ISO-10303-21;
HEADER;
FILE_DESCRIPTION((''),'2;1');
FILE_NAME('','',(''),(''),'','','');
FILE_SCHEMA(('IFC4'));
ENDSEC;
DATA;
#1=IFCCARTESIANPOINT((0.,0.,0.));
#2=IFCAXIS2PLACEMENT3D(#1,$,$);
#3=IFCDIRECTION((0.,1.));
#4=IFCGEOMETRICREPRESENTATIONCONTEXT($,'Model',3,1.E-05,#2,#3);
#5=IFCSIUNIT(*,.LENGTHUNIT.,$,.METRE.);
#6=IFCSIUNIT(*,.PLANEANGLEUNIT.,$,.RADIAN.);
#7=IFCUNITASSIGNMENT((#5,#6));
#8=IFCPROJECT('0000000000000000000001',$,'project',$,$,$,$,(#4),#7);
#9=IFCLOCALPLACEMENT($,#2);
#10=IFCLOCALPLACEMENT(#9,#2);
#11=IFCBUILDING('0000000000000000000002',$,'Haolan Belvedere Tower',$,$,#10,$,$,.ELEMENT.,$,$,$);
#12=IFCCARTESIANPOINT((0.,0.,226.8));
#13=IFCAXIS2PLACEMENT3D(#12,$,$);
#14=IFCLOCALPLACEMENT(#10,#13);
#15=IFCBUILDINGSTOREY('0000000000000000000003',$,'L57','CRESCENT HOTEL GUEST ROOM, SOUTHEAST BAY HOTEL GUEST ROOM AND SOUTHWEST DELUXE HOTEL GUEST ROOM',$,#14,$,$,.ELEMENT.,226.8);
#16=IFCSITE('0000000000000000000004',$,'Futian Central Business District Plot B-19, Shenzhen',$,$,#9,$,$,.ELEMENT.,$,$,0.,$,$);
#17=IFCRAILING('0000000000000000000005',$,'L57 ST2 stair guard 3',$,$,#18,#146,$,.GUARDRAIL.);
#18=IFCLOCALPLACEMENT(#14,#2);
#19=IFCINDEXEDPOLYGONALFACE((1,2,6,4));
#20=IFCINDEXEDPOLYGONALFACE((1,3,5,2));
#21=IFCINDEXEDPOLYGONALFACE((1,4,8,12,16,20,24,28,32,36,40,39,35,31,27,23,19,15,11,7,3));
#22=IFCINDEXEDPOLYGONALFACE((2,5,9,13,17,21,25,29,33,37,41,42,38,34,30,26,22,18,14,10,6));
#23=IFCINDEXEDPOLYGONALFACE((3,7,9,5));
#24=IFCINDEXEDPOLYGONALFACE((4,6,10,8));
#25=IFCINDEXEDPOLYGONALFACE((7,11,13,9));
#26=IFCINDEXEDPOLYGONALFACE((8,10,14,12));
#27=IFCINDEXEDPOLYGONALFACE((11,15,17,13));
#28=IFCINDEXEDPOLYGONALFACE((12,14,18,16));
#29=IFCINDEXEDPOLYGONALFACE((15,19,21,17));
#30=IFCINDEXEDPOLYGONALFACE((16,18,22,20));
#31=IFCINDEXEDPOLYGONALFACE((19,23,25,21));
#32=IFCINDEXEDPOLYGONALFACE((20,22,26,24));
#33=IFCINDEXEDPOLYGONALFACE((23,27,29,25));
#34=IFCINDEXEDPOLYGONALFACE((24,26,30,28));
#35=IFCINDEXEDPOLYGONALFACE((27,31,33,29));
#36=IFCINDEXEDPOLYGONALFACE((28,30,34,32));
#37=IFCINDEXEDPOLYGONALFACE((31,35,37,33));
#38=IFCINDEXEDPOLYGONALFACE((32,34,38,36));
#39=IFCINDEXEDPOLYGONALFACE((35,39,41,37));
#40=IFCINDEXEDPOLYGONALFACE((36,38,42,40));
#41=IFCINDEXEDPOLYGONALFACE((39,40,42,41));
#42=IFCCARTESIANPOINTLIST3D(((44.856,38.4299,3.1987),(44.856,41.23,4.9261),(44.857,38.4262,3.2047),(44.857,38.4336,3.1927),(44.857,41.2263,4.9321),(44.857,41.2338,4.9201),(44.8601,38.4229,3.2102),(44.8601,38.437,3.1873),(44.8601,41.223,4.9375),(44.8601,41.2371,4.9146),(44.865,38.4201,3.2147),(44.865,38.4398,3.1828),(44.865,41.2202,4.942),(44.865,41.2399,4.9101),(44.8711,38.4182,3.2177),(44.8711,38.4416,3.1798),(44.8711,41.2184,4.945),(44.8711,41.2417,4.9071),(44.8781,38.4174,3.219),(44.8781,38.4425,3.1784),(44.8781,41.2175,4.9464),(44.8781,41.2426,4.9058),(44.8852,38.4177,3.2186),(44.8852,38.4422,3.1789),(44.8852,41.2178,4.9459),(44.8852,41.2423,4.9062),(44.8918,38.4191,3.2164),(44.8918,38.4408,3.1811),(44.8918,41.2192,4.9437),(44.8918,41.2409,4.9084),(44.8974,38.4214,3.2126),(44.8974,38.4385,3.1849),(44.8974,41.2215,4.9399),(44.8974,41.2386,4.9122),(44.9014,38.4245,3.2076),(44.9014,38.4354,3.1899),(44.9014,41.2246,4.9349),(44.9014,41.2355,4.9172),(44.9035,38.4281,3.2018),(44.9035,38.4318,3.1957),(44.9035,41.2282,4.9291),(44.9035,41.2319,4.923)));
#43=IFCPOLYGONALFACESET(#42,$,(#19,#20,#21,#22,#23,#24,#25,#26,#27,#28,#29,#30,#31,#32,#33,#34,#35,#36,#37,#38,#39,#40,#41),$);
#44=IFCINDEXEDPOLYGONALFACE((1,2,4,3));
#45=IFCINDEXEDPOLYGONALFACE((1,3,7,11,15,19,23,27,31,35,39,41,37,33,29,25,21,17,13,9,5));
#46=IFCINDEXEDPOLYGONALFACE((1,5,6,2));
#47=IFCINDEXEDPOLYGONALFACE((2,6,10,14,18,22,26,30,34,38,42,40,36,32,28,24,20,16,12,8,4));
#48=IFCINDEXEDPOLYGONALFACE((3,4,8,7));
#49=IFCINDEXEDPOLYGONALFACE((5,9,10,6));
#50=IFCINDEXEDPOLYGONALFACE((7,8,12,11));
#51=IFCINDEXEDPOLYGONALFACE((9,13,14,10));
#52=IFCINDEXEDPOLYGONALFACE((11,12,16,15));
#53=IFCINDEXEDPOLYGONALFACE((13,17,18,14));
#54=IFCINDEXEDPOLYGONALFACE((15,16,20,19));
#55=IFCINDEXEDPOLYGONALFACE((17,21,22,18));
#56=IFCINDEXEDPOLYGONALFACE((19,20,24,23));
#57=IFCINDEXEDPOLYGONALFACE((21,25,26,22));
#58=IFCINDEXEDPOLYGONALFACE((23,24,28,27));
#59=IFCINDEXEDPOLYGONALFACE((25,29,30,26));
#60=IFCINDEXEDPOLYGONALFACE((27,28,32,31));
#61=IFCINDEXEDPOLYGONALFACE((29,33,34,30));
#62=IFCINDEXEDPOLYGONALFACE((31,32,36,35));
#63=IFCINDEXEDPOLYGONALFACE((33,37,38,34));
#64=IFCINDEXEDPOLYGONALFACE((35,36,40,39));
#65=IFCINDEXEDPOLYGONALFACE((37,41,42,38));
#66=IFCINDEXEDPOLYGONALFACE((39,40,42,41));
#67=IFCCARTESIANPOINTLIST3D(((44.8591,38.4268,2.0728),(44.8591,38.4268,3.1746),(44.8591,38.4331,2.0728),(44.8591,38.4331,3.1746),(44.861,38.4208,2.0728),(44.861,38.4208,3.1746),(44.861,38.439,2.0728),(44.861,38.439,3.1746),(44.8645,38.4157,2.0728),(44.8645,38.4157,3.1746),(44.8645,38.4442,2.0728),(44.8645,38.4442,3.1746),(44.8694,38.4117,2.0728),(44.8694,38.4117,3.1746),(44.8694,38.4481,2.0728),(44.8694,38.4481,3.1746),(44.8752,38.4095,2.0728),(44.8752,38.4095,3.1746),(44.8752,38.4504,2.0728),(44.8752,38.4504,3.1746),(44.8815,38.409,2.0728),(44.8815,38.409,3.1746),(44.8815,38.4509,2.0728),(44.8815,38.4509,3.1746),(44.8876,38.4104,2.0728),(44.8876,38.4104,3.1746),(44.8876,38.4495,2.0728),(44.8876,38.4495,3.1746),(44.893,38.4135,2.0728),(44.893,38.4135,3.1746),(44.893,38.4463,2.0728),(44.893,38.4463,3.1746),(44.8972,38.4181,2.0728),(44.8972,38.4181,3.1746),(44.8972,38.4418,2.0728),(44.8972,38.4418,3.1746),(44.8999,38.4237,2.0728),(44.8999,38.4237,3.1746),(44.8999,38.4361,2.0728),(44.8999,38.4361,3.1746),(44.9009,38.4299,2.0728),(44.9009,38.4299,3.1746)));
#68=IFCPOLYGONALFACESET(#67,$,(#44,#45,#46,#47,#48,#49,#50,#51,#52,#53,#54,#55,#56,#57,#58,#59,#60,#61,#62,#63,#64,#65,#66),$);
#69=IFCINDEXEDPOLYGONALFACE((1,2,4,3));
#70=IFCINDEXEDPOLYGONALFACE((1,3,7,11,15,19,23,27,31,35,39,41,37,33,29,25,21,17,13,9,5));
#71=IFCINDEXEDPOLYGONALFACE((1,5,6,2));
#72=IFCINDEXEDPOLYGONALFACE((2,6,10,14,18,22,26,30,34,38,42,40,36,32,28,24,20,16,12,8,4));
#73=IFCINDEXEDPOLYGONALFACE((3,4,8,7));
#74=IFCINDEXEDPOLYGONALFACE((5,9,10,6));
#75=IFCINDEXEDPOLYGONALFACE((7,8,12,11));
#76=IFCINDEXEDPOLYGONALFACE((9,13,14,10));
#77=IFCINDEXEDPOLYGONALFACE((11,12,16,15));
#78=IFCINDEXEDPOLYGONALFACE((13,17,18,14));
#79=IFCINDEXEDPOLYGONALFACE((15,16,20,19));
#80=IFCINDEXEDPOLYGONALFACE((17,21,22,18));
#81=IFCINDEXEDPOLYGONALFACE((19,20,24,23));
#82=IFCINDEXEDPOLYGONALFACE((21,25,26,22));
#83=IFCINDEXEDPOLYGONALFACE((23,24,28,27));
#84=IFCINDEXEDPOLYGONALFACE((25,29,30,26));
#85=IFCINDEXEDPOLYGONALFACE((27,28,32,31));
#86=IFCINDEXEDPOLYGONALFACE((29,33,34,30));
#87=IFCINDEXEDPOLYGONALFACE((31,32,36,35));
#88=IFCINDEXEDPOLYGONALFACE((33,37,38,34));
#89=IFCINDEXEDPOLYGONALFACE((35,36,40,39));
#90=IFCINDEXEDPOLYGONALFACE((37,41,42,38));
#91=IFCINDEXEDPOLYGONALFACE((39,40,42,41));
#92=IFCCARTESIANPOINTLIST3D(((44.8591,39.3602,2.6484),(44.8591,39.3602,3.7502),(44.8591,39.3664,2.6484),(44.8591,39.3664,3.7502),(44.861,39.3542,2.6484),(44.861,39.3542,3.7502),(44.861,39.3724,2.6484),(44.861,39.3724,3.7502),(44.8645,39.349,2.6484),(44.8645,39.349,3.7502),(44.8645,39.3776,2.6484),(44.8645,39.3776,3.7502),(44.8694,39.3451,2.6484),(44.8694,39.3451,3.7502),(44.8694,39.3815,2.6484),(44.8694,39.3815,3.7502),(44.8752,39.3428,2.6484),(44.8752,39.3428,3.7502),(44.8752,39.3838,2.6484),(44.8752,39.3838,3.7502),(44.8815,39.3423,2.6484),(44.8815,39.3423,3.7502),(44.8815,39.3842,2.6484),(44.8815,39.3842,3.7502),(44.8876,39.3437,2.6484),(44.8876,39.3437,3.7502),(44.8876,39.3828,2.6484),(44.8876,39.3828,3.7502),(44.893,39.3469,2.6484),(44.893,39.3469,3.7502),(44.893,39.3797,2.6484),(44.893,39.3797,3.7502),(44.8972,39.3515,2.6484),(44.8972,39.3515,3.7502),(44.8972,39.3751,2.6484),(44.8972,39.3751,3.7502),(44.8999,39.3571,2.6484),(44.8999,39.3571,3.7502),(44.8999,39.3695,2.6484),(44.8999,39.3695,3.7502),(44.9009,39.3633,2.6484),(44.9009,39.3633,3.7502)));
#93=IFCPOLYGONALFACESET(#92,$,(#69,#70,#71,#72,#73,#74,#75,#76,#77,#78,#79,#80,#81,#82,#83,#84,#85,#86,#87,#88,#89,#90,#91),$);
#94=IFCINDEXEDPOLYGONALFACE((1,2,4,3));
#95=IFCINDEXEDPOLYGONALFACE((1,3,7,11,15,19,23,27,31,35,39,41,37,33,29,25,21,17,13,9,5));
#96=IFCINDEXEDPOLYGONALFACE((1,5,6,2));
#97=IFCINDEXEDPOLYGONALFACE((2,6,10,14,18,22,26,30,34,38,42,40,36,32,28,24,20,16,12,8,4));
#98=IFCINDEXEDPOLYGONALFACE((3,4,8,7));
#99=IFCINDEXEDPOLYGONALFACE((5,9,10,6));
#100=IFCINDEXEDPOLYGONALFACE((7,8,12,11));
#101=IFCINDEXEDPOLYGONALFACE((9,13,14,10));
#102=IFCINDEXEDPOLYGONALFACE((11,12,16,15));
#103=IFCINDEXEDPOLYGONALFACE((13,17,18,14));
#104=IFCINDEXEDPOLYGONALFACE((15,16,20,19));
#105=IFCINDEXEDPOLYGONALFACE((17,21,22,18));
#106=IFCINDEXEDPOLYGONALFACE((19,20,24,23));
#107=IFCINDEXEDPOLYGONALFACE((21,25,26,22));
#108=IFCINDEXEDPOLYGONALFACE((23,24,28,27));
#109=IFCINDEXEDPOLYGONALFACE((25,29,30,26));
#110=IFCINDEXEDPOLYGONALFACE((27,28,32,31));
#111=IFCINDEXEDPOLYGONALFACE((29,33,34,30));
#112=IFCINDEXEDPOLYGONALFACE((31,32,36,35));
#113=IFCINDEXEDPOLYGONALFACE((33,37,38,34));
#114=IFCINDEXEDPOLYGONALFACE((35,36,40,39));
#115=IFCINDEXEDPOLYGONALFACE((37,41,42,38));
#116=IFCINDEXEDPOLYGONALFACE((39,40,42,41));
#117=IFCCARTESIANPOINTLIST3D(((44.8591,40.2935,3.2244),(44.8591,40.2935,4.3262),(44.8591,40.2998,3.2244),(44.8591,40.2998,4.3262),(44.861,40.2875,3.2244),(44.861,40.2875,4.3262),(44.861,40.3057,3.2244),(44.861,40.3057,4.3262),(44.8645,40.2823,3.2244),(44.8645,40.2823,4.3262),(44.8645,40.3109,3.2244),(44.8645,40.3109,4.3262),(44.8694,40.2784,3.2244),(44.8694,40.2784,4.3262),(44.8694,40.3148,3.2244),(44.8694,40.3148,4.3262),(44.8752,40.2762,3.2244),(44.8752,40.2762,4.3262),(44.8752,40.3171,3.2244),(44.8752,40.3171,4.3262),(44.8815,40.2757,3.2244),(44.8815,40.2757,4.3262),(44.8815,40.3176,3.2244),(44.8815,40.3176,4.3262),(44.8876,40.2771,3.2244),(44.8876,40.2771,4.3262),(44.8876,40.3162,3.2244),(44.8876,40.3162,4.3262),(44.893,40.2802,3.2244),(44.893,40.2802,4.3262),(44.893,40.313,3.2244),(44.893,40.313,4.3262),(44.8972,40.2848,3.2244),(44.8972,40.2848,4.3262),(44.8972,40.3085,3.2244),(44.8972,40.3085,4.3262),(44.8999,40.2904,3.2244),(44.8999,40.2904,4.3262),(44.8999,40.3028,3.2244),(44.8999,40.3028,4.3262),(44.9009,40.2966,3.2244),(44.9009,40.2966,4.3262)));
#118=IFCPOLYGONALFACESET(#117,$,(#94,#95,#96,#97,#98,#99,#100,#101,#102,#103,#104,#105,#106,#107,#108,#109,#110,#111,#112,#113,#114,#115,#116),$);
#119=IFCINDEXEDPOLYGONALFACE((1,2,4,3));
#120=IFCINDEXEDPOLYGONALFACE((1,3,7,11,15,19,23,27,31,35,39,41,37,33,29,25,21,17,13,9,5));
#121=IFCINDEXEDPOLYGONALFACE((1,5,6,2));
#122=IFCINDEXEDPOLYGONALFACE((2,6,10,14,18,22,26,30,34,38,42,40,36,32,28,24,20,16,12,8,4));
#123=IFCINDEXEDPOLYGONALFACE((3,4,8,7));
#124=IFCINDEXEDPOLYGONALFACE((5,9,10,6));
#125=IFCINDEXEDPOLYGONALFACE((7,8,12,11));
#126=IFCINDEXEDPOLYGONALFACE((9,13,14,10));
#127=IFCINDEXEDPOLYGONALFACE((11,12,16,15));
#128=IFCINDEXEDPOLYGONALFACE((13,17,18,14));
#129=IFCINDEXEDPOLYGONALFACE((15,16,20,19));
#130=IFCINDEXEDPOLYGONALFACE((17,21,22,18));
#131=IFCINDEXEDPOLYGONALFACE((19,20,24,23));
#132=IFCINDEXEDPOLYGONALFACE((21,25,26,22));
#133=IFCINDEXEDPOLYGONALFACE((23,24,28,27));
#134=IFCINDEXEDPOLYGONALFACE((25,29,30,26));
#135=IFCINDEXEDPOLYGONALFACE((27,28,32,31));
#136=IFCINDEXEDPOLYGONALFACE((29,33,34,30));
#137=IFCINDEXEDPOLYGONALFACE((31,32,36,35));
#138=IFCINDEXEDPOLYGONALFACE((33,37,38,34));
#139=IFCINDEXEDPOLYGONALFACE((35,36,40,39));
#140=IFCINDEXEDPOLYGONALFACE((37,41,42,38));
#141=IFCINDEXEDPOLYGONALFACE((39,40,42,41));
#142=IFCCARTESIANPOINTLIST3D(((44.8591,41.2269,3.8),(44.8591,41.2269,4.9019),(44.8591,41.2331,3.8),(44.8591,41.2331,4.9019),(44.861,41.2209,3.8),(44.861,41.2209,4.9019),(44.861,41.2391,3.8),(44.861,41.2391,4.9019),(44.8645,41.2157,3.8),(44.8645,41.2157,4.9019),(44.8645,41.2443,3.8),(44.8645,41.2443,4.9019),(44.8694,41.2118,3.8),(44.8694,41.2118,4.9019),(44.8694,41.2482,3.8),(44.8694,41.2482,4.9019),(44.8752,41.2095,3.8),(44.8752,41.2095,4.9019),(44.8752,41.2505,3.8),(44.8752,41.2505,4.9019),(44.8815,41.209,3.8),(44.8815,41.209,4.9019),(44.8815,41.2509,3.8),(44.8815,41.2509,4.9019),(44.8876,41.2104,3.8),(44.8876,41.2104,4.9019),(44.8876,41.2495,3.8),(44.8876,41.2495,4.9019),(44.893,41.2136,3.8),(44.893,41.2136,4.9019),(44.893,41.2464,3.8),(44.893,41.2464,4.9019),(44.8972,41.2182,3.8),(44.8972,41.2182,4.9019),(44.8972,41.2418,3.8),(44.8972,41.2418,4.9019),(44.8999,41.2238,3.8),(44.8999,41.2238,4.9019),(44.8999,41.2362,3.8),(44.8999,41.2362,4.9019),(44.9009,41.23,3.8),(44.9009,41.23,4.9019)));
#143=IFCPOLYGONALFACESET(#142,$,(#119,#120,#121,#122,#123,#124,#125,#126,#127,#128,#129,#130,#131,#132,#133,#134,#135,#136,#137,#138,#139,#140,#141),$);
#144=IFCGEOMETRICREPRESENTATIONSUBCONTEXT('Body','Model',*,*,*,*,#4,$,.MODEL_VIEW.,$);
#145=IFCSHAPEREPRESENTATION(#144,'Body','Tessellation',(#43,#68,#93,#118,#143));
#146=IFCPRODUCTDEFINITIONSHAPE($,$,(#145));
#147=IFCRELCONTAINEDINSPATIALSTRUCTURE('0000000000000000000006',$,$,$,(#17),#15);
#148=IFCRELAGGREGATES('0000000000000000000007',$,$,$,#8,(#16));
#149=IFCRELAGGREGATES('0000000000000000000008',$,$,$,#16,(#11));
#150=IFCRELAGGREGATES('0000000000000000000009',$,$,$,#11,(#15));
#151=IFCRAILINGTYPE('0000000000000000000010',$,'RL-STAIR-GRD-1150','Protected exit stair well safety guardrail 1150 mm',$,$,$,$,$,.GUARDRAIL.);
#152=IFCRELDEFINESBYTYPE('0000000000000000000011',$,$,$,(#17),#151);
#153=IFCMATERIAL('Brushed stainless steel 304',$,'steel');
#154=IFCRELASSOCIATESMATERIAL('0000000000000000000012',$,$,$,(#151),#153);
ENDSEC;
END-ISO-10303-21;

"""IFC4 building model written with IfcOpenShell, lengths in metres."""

from ifc_helpers import new_model, si_unit, direction, frame, origin, origin_2d, place, context, subcontext, project, spatial, circle, extrude, material, type_object, element, save


model = new_model("IFC4")

# Units and contexts
model_context = context("Model", 3, precision=1e-05, world=origin(), true_north=direction((0.0, 1.0)))
body_context = subcontext(model_context, "Body", "Model", "MODEL_VIEW")
ifc_project = project(units=[si_unit("LENGTHUNIT", "METRE"), si_unit("PLANEANGLEUNIT", "RADIAN")], contexts=[model_context])

# Site, building, storey
site_placement = place(None, origin())
site = spatial("IfcSite", under=ifc_project, at=site_placement, Name="Futian Central Business District Plot B-19, Shenzhen", CompositionType="ELEMENT", RefElevation=0.0)
building_placement = place(site_placement, origin())
building = spatial("IfcBuilding", under=site, at=building_placement, Name="Haolan Belvedere Tower", CompositionType="ELEMENT")
storey_placement = place(building_placement, frame((0.0, 0.0, 226.8)))
storey = spatial("IfcBuildingStorey", under=building, at=storey_placement, Name="L57", Description="CRESCENT HOTEL GUEST ROOM, SOUTHEAST BAY HOTEL GUEST ROOM AND SOUTHWEST DELUXE HOTEL GUEST ROOM", CompositionType="ELEMENT", Elevation=226.8)

# Railing
ifc_material_1 = material(Name="Brushed stainless steel 304", Category="steel")
railing_type_1 = type_object("IfcRailingType", Name="RL-STAIR-GRD-1150", Description="Protected exit stair well safety guardrail 1150 mm", PredefinedType="GUARDRAIL", material=ifc_material_1)
railing_1_placement = place(storey_placement, frame((44.8799, 38.4299, 2.0728)))
element("IfcRailing", 1, at=railing_1_placement, inside=storey, type_object=railing_type_1, Name="L57 ST2 stair guard 3", PredefinedType="GUARDRAIL", context=body_context, shape_type="SweptSolid", body=[
    extrude(circle(Radius=0.0239, at=origin_2d()), frame((0.0, 0.0, 1.126), z_axis=(0.0, 0.85109, 0.52502), x_axis=(-1.0, 0.0, 0.0)), (0.0, 0.0, 1.0), 3.29),
    extrude(circle(Radius=0.021, at=origin_2d()), origin(), (0.0, 0.0, 1.0), 1.1018),
    extrude(circle(Radius=0.021, at=origin_2d()), frame((0.0, 0.9333, 0.5757)), (0.0, 0.0, 1.0), 1.1018),
    extrude(circle(Radius=0.021, at=origin_2d()), frame((0.0, 1.8667, 1.1516)), (0.0, 0.0, 1.0), 1.1018),
    extrude(circle(Radius=0.021, at=origin_2d()), frame((0.0, 2.8, 1.7273)), (0.0, 0.0, 1.0), 1.1018),
])

save(model, "model.ifc")
